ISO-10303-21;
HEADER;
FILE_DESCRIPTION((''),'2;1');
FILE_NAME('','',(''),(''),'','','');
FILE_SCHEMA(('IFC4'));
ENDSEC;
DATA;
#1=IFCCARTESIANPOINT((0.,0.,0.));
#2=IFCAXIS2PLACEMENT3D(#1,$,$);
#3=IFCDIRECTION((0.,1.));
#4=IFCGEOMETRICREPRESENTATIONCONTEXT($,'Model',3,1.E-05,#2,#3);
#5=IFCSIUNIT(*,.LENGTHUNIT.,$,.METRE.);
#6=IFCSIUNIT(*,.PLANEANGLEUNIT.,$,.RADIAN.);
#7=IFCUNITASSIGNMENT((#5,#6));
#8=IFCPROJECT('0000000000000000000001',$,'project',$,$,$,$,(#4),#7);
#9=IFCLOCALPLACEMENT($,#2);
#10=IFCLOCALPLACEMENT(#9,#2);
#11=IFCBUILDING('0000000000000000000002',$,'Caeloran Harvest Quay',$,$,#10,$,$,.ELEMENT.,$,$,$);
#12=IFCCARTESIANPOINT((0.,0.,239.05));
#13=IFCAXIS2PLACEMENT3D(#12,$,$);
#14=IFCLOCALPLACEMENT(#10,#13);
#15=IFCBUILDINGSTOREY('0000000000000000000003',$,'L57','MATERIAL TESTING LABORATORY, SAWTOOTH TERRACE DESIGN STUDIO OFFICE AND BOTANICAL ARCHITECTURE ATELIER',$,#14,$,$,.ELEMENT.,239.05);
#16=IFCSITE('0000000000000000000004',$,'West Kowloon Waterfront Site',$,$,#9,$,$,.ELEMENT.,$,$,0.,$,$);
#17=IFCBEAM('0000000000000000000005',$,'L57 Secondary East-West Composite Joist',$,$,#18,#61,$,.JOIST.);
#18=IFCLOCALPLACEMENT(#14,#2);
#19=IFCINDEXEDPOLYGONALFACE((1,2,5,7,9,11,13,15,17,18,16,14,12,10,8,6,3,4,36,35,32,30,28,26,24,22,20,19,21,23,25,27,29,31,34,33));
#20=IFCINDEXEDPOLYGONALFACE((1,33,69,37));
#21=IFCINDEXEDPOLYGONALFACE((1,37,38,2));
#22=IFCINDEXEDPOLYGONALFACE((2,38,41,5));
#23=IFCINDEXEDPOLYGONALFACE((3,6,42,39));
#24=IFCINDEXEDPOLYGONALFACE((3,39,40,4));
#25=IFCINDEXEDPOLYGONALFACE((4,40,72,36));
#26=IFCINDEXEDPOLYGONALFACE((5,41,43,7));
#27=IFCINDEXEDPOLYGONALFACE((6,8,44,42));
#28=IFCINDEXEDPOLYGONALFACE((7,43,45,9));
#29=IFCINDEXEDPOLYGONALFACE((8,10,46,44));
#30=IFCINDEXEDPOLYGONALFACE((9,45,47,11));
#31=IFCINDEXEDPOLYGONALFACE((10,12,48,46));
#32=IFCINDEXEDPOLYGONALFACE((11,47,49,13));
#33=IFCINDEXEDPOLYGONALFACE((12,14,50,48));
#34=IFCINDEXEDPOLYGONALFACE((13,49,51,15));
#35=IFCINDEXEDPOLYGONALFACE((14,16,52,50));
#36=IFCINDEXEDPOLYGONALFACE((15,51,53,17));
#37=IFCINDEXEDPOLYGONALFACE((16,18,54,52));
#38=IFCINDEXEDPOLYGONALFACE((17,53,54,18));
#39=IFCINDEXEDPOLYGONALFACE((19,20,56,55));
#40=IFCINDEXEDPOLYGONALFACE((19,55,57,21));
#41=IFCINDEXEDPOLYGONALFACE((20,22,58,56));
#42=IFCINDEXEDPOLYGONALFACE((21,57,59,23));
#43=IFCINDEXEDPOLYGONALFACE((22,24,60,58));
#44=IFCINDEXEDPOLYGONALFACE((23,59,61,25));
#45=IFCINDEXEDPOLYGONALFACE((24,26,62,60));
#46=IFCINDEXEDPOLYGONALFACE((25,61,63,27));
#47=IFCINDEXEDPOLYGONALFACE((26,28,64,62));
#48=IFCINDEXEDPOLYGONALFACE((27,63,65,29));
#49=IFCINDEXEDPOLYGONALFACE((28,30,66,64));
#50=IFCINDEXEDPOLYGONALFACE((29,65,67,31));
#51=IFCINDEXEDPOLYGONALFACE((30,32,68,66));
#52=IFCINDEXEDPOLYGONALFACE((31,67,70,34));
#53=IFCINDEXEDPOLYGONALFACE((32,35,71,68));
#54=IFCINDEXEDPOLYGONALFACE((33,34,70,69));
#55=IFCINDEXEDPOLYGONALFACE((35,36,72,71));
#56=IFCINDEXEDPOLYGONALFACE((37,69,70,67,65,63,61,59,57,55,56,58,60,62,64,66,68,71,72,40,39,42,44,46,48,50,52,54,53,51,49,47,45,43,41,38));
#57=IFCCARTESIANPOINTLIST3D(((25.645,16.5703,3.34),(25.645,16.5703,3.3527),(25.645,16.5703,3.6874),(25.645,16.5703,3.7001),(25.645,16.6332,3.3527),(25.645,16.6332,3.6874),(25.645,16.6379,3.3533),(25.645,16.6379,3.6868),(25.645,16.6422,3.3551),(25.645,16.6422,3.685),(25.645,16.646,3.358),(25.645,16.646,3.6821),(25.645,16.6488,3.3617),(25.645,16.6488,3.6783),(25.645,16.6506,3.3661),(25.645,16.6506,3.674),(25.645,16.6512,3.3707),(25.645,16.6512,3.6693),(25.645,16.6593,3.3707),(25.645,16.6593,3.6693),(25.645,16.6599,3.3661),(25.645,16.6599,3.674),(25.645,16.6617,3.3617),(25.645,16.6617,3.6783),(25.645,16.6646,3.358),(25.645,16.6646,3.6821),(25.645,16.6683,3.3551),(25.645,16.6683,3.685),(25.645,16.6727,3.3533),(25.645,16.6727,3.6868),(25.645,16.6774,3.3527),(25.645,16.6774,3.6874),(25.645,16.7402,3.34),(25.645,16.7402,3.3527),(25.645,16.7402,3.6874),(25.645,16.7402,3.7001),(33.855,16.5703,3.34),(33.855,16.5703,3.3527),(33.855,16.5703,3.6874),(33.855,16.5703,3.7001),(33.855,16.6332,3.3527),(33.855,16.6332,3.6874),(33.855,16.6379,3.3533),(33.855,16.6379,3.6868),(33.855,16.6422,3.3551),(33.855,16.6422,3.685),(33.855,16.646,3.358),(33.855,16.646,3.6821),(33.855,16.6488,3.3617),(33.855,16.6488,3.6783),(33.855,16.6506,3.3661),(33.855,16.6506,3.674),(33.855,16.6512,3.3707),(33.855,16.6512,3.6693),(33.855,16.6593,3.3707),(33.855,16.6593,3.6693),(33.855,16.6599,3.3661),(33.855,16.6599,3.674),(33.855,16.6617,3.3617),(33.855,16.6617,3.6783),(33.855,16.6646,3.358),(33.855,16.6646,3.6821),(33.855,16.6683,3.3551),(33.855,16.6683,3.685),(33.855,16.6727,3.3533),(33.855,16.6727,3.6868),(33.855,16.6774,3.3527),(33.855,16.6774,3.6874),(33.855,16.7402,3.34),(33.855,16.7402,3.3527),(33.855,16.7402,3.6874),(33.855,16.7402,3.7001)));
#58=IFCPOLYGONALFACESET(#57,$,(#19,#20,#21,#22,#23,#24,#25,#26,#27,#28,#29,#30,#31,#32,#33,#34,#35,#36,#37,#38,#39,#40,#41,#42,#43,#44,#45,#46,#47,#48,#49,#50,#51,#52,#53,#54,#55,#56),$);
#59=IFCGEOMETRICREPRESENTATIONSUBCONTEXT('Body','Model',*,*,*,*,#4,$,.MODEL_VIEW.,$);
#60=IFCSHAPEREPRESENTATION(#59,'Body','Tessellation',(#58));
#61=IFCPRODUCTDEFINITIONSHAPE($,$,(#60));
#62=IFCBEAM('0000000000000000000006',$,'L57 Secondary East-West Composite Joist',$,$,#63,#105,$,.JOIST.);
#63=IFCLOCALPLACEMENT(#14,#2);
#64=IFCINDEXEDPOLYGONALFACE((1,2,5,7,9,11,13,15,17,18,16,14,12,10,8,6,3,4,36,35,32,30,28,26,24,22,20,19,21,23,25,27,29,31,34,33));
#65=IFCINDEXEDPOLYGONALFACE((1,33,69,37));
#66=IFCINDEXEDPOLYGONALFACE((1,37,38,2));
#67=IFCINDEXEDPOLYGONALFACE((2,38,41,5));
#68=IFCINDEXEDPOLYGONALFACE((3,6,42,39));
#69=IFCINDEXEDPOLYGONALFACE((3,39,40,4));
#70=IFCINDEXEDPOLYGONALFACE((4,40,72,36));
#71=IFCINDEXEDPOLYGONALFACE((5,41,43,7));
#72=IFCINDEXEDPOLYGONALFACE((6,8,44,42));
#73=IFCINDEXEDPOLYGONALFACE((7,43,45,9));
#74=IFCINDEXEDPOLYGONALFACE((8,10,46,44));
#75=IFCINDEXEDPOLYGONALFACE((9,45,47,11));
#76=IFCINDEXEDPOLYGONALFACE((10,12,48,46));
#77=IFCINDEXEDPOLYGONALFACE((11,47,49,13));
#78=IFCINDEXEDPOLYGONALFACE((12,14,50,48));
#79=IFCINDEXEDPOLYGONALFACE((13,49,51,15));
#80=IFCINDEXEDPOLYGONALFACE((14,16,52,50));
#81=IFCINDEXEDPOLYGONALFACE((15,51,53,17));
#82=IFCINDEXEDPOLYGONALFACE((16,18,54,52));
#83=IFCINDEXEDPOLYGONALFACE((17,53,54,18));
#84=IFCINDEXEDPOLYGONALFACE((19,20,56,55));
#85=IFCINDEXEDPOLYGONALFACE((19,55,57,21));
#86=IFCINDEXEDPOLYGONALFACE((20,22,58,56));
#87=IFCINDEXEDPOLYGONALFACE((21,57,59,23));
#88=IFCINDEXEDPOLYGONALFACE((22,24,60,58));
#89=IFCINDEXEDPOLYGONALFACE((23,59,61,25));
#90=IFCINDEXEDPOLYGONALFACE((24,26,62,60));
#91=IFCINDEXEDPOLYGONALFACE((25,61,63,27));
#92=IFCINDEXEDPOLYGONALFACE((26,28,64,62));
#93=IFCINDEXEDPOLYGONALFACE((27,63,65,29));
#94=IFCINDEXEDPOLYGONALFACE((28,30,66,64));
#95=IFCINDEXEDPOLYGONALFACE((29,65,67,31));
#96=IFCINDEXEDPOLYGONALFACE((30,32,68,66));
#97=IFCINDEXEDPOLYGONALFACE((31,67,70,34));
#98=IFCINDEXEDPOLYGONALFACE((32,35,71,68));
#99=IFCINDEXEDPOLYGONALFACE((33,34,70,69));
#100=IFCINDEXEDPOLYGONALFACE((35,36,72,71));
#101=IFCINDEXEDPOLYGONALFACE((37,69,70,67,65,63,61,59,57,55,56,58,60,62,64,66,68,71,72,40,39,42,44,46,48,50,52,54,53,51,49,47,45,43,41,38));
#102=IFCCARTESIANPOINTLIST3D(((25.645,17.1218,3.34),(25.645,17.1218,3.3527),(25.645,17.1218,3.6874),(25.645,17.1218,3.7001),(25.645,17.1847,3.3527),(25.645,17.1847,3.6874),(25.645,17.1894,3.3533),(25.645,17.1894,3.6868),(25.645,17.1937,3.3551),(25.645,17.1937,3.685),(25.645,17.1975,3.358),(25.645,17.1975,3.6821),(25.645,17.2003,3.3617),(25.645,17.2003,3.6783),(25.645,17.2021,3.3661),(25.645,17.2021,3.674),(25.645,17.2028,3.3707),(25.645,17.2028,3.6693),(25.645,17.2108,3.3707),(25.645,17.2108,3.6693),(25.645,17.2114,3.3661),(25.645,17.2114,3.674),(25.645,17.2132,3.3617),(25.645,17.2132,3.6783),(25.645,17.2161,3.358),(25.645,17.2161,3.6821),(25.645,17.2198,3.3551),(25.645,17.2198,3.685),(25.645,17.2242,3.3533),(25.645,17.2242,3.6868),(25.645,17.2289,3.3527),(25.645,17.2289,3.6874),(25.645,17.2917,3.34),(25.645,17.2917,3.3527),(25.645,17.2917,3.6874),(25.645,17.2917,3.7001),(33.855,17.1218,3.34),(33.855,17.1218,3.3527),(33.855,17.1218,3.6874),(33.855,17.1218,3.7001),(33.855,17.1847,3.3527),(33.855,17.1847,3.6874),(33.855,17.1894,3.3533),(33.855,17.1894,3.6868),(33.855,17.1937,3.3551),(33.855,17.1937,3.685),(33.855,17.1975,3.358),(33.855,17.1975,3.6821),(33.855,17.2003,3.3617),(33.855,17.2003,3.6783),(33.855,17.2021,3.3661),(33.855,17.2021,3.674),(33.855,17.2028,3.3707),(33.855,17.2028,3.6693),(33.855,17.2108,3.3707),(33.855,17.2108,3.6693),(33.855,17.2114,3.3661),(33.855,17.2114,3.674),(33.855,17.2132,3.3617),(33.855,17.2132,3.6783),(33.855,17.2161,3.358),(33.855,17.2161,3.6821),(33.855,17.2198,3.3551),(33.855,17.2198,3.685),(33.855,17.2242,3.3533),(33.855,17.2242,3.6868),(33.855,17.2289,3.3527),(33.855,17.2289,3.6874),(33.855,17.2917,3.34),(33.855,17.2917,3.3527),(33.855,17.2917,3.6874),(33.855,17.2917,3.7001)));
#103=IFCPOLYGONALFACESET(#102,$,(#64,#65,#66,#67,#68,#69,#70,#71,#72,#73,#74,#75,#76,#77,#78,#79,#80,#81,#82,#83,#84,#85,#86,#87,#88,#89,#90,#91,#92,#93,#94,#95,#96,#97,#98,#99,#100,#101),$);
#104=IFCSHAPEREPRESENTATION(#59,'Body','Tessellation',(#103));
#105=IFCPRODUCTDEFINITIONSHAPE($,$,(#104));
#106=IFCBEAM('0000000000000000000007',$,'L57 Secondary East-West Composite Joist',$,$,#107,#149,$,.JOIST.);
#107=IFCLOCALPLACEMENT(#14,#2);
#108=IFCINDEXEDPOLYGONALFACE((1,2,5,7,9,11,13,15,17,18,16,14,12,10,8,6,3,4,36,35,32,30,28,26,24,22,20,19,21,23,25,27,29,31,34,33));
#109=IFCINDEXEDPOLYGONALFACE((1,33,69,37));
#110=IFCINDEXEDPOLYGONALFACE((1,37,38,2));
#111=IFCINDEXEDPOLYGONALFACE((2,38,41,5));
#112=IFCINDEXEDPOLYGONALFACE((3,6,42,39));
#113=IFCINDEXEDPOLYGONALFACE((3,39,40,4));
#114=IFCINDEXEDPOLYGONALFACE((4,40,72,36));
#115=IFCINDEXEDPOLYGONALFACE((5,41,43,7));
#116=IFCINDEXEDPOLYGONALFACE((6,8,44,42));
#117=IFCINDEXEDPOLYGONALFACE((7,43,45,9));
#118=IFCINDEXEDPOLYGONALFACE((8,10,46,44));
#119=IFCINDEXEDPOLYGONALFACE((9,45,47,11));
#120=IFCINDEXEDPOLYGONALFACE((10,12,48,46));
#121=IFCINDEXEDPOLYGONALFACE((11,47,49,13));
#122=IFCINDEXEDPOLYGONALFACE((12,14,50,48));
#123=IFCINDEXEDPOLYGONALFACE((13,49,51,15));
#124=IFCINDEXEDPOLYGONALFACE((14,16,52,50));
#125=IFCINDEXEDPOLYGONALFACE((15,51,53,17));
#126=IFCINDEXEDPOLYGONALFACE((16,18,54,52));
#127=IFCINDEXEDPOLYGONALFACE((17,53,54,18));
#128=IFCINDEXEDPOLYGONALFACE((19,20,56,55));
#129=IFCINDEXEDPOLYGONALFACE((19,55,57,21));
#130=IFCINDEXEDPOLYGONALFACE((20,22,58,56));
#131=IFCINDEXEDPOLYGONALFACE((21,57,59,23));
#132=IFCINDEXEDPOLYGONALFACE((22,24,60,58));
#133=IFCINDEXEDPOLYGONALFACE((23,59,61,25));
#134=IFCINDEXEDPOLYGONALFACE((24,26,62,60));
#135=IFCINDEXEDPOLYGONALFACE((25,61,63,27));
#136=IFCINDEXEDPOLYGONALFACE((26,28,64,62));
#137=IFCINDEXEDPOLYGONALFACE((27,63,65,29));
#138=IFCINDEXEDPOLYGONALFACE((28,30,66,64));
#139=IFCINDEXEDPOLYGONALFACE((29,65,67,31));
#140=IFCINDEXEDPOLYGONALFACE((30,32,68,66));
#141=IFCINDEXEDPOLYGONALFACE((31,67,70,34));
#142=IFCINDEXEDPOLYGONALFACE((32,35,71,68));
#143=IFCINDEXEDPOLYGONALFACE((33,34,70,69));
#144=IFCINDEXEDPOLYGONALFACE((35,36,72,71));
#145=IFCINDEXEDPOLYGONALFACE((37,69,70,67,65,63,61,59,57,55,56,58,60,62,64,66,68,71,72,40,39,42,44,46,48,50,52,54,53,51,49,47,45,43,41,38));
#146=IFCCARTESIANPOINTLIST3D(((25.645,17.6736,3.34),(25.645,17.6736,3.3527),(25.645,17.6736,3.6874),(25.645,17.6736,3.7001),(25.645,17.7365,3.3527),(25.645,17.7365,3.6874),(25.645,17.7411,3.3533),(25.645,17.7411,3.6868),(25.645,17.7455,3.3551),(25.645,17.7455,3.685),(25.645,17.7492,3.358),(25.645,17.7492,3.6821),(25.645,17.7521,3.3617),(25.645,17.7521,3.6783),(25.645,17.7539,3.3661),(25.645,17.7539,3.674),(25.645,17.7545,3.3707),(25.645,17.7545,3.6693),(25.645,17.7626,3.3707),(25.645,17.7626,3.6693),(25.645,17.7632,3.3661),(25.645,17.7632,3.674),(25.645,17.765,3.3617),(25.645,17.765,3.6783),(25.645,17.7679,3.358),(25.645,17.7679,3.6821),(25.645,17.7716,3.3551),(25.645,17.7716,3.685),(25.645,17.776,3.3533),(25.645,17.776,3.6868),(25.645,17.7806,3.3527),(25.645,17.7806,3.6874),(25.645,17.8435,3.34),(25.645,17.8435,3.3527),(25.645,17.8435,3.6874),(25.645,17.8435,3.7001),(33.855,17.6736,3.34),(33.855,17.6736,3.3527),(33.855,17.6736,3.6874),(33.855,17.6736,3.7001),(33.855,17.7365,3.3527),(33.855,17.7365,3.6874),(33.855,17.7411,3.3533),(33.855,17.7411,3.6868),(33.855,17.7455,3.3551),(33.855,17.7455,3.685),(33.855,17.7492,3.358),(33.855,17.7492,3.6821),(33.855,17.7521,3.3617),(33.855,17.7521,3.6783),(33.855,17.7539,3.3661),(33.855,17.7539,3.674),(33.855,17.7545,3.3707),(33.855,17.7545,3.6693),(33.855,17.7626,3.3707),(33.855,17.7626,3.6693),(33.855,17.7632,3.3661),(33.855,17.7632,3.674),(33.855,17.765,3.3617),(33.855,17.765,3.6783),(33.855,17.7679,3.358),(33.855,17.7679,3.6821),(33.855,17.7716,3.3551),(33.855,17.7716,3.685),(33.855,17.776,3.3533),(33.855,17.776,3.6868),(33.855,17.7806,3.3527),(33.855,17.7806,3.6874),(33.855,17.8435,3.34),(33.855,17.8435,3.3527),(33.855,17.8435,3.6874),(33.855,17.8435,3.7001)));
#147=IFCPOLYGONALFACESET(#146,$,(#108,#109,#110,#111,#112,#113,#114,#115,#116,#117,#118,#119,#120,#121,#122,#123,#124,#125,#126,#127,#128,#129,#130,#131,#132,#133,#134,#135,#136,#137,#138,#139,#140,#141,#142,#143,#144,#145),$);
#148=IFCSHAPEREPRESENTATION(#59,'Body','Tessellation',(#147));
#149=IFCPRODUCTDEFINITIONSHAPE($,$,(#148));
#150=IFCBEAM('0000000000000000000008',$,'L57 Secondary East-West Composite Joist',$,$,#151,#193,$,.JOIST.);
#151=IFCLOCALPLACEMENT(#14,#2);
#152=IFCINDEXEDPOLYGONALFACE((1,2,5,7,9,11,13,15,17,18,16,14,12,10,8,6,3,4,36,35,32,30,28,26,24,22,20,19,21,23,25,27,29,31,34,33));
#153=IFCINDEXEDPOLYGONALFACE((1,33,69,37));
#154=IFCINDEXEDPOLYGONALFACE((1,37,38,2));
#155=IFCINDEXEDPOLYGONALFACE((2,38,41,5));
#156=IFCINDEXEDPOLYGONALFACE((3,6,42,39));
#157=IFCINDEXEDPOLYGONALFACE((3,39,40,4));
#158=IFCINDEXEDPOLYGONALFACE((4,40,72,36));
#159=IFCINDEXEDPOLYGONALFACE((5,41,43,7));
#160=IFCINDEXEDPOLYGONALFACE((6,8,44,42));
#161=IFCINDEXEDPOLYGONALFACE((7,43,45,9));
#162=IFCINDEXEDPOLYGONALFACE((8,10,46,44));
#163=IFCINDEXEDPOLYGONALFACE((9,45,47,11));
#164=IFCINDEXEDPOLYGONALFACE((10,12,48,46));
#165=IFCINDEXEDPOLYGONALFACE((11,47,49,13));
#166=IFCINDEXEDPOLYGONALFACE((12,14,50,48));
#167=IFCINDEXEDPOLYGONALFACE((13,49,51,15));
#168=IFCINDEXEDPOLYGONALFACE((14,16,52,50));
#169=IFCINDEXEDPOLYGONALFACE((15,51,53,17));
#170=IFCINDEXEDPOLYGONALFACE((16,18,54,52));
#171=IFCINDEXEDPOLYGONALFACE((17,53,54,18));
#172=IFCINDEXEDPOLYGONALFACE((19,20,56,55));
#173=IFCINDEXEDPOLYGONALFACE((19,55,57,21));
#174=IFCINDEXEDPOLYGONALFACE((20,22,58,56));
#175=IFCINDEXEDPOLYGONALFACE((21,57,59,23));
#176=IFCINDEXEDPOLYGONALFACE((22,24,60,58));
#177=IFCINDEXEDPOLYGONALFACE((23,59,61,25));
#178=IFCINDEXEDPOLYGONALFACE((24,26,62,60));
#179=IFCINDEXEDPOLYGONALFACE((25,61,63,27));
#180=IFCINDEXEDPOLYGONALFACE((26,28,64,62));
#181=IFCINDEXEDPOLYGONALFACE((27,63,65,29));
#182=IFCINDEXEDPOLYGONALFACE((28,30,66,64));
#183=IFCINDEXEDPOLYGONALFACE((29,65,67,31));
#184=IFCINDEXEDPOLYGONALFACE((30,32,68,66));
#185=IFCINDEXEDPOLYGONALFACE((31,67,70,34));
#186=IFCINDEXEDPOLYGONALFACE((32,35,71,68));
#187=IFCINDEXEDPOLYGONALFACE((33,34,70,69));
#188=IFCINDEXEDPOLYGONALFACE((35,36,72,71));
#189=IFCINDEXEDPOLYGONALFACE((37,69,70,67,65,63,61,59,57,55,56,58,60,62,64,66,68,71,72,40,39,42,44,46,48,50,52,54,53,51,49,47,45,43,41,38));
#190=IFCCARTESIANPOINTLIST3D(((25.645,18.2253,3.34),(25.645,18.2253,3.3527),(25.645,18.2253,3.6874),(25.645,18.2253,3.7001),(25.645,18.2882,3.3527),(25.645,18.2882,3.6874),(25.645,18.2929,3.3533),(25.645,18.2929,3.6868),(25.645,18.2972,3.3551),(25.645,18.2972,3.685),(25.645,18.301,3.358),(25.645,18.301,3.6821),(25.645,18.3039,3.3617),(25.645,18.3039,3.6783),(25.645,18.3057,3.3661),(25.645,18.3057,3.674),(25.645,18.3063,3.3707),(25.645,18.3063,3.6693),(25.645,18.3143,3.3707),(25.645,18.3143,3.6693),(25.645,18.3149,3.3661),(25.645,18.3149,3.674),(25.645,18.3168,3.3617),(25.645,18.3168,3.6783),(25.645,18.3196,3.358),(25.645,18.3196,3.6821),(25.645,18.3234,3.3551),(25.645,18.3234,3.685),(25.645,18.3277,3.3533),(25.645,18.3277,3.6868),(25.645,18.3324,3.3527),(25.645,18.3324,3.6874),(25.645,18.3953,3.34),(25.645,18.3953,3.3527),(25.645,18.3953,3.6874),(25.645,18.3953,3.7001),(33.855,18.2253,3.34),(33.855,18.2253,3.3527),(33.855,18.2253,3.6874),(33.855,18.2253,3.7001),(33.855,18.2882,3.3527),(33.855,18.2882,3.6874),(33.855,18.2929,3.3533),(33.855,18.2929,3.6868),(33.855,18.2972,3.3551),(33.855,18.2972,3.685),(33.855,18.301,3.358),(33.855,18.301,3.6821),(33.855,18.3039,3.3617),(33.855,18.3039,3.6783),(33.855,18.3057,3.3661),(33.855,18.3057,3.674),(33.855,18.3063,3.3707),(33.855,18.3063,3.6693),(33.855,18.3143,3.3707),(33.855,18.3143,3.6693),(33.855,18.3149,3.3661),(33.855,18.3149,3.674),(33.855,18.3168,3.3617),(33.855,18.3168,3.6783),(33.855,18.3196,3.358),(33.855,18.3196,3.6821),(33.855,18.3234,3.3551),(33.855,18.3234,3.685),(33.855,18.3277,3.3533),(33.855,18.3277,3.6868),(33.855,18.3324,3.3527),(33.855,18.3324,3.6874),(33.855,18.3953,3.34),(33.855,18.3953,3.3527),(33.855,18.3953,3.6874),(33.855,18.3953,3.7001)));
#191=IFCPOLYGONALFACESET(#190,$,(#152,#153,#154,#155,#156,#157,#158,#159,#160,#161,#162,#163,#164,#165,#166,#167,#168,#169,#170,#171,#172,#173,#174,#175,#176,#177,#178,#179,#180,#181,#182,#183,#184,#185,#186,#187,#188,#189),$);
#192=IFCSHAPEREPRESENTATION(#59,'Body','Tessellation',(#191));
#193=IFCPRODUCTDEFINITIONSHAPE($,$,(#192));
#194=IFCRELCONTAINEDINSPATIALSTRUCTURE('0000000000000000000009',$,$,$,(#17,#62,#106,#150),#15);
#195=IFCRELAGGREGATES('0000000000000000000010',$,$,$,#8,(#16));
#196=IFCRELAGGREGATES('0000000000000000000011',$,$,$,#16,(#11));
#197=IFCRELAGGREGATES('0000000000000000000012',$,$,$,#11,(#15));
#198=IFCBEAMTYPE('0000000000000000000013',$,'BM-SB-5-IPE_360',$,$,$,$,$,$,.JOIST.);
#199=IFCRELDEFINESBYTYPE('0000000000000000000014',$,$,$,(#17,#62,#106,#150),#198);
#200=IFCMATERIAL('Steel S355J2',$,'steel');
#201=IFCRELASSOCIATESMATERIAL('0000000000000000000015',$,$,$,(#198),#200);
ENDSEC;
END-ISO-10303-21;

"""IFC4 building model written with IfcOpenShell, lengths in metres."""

from ifc_helpers import new_model, si_unit, direction, frame, origin, origin_2d, place, context, subcontext, project, spatial, i_section, extrude, material, material_profile, profile_set, type_object, element, save


model = new_model("IFC4")

# Units and contexts
model_context = context("Model", 3, precision=1e-05, world=origin(), true_north=direction((0.0, 1.0)))
body_context = subcontext(model_context, "Body", "Model", "MODEL_VIEW")
ifc_project = project(units=[si_unit("LENGTHUNIT", "METRE"), si_unit("PLANEANGLEUNIT", "RADIAN")], contexts=[model_context])

# Site, building, storey
site_placement = place(None, origin())
site = spatial("IfcSite", under=ifc_project, at=site_placement, Name="West Kowloon Waterfront Site", CompositionType="ELEMENT", RefElevation=0.0)
building_placement = place(site_placement, origin())
building = spatial("IfcBuilding", under=site, at=building_placement, Name="Caeloran Harvest Quay", CompositionType="ELEMENT")
storey_placement = place(building_placement, frame((0.0, 0.0, 239.05)))
storey = spatial("IfcBuildingStorey", under=building, at=storey_placement, Name="L57", Description="MATERIAL TESTING LABORATORY, SAWTOOTH TERRACE DESIGN STUDIO OFFICE AND BOTANICAL ARCHITECTURE ATELIER", CompositionType="ELEMENT", Elevation=239.05)

# Beams
ifc_material_1 = material(Name="Steel S355J2", Category="steel")
ifc_material_profile_1 = material_profile(ifc_material_1, i_section(OverallWidth=0.1699, OverallDepth=0.3601, WebThickness=0.0081, FlangeThickness=0.0127, FilletRadius=0.0181, at=origin_2d()), Name="IPE 360")
ifc_profile_set_1 = profile_set([ifc_material_profile_1], Name="Steel S355J2")
beam_type_1 = type_object("IfcBeamType", Name="BM-SB-5-IPE_360", PredefinedType="JOIST", material=ifc_profile_set_1)
for number, where, z_axis, x_axis, name in (
    (1, (25.645, 16.6553, 3.52), (1.0, 0.0, 0.0), (0.0, 1.0, 0.0), "L57 Secondary East-West Composite Joist"),
    (2, (25.645, 17.2068, 3.52), (1.0, 0.0, 0.0), (0.0, 1.0, 0.0), "L57 Secondary East-West Composite Joist"),
    (3, (25.645, 17.7585, 3.52), (1.0, 0.0, 0.0), (0.0, 1.0, 0.0), "L57 Secondary East-West Composite Joist"),
    (4, (25.645, 18.3103, 3.52), (1.0, 0.0, 0.0), (0.0, 1.0, 0.0), "L57 Secondary East-West Composite Joist"),
):
    element("IfcBeam", number, at=place(storey_placement, frame(where, z_axis=z_axis, x_axis=x_axis)), inside=storey, type_object=beam_type_1, Name=name, PredefinedType="JOIST", context=body_context, shape_type="SweptSolid", body=[
        extrude(i_section(OverallWidth=0.1699, OverallDepth=0.3601, WebThickness=0.0081, FlangeThickness=0.0127, FilletRadius=0.0181, at=origin_2d()), origin(), (0.0, 0.0, 1.0), 8.21),
    ])

save(model, "model.ifc")
